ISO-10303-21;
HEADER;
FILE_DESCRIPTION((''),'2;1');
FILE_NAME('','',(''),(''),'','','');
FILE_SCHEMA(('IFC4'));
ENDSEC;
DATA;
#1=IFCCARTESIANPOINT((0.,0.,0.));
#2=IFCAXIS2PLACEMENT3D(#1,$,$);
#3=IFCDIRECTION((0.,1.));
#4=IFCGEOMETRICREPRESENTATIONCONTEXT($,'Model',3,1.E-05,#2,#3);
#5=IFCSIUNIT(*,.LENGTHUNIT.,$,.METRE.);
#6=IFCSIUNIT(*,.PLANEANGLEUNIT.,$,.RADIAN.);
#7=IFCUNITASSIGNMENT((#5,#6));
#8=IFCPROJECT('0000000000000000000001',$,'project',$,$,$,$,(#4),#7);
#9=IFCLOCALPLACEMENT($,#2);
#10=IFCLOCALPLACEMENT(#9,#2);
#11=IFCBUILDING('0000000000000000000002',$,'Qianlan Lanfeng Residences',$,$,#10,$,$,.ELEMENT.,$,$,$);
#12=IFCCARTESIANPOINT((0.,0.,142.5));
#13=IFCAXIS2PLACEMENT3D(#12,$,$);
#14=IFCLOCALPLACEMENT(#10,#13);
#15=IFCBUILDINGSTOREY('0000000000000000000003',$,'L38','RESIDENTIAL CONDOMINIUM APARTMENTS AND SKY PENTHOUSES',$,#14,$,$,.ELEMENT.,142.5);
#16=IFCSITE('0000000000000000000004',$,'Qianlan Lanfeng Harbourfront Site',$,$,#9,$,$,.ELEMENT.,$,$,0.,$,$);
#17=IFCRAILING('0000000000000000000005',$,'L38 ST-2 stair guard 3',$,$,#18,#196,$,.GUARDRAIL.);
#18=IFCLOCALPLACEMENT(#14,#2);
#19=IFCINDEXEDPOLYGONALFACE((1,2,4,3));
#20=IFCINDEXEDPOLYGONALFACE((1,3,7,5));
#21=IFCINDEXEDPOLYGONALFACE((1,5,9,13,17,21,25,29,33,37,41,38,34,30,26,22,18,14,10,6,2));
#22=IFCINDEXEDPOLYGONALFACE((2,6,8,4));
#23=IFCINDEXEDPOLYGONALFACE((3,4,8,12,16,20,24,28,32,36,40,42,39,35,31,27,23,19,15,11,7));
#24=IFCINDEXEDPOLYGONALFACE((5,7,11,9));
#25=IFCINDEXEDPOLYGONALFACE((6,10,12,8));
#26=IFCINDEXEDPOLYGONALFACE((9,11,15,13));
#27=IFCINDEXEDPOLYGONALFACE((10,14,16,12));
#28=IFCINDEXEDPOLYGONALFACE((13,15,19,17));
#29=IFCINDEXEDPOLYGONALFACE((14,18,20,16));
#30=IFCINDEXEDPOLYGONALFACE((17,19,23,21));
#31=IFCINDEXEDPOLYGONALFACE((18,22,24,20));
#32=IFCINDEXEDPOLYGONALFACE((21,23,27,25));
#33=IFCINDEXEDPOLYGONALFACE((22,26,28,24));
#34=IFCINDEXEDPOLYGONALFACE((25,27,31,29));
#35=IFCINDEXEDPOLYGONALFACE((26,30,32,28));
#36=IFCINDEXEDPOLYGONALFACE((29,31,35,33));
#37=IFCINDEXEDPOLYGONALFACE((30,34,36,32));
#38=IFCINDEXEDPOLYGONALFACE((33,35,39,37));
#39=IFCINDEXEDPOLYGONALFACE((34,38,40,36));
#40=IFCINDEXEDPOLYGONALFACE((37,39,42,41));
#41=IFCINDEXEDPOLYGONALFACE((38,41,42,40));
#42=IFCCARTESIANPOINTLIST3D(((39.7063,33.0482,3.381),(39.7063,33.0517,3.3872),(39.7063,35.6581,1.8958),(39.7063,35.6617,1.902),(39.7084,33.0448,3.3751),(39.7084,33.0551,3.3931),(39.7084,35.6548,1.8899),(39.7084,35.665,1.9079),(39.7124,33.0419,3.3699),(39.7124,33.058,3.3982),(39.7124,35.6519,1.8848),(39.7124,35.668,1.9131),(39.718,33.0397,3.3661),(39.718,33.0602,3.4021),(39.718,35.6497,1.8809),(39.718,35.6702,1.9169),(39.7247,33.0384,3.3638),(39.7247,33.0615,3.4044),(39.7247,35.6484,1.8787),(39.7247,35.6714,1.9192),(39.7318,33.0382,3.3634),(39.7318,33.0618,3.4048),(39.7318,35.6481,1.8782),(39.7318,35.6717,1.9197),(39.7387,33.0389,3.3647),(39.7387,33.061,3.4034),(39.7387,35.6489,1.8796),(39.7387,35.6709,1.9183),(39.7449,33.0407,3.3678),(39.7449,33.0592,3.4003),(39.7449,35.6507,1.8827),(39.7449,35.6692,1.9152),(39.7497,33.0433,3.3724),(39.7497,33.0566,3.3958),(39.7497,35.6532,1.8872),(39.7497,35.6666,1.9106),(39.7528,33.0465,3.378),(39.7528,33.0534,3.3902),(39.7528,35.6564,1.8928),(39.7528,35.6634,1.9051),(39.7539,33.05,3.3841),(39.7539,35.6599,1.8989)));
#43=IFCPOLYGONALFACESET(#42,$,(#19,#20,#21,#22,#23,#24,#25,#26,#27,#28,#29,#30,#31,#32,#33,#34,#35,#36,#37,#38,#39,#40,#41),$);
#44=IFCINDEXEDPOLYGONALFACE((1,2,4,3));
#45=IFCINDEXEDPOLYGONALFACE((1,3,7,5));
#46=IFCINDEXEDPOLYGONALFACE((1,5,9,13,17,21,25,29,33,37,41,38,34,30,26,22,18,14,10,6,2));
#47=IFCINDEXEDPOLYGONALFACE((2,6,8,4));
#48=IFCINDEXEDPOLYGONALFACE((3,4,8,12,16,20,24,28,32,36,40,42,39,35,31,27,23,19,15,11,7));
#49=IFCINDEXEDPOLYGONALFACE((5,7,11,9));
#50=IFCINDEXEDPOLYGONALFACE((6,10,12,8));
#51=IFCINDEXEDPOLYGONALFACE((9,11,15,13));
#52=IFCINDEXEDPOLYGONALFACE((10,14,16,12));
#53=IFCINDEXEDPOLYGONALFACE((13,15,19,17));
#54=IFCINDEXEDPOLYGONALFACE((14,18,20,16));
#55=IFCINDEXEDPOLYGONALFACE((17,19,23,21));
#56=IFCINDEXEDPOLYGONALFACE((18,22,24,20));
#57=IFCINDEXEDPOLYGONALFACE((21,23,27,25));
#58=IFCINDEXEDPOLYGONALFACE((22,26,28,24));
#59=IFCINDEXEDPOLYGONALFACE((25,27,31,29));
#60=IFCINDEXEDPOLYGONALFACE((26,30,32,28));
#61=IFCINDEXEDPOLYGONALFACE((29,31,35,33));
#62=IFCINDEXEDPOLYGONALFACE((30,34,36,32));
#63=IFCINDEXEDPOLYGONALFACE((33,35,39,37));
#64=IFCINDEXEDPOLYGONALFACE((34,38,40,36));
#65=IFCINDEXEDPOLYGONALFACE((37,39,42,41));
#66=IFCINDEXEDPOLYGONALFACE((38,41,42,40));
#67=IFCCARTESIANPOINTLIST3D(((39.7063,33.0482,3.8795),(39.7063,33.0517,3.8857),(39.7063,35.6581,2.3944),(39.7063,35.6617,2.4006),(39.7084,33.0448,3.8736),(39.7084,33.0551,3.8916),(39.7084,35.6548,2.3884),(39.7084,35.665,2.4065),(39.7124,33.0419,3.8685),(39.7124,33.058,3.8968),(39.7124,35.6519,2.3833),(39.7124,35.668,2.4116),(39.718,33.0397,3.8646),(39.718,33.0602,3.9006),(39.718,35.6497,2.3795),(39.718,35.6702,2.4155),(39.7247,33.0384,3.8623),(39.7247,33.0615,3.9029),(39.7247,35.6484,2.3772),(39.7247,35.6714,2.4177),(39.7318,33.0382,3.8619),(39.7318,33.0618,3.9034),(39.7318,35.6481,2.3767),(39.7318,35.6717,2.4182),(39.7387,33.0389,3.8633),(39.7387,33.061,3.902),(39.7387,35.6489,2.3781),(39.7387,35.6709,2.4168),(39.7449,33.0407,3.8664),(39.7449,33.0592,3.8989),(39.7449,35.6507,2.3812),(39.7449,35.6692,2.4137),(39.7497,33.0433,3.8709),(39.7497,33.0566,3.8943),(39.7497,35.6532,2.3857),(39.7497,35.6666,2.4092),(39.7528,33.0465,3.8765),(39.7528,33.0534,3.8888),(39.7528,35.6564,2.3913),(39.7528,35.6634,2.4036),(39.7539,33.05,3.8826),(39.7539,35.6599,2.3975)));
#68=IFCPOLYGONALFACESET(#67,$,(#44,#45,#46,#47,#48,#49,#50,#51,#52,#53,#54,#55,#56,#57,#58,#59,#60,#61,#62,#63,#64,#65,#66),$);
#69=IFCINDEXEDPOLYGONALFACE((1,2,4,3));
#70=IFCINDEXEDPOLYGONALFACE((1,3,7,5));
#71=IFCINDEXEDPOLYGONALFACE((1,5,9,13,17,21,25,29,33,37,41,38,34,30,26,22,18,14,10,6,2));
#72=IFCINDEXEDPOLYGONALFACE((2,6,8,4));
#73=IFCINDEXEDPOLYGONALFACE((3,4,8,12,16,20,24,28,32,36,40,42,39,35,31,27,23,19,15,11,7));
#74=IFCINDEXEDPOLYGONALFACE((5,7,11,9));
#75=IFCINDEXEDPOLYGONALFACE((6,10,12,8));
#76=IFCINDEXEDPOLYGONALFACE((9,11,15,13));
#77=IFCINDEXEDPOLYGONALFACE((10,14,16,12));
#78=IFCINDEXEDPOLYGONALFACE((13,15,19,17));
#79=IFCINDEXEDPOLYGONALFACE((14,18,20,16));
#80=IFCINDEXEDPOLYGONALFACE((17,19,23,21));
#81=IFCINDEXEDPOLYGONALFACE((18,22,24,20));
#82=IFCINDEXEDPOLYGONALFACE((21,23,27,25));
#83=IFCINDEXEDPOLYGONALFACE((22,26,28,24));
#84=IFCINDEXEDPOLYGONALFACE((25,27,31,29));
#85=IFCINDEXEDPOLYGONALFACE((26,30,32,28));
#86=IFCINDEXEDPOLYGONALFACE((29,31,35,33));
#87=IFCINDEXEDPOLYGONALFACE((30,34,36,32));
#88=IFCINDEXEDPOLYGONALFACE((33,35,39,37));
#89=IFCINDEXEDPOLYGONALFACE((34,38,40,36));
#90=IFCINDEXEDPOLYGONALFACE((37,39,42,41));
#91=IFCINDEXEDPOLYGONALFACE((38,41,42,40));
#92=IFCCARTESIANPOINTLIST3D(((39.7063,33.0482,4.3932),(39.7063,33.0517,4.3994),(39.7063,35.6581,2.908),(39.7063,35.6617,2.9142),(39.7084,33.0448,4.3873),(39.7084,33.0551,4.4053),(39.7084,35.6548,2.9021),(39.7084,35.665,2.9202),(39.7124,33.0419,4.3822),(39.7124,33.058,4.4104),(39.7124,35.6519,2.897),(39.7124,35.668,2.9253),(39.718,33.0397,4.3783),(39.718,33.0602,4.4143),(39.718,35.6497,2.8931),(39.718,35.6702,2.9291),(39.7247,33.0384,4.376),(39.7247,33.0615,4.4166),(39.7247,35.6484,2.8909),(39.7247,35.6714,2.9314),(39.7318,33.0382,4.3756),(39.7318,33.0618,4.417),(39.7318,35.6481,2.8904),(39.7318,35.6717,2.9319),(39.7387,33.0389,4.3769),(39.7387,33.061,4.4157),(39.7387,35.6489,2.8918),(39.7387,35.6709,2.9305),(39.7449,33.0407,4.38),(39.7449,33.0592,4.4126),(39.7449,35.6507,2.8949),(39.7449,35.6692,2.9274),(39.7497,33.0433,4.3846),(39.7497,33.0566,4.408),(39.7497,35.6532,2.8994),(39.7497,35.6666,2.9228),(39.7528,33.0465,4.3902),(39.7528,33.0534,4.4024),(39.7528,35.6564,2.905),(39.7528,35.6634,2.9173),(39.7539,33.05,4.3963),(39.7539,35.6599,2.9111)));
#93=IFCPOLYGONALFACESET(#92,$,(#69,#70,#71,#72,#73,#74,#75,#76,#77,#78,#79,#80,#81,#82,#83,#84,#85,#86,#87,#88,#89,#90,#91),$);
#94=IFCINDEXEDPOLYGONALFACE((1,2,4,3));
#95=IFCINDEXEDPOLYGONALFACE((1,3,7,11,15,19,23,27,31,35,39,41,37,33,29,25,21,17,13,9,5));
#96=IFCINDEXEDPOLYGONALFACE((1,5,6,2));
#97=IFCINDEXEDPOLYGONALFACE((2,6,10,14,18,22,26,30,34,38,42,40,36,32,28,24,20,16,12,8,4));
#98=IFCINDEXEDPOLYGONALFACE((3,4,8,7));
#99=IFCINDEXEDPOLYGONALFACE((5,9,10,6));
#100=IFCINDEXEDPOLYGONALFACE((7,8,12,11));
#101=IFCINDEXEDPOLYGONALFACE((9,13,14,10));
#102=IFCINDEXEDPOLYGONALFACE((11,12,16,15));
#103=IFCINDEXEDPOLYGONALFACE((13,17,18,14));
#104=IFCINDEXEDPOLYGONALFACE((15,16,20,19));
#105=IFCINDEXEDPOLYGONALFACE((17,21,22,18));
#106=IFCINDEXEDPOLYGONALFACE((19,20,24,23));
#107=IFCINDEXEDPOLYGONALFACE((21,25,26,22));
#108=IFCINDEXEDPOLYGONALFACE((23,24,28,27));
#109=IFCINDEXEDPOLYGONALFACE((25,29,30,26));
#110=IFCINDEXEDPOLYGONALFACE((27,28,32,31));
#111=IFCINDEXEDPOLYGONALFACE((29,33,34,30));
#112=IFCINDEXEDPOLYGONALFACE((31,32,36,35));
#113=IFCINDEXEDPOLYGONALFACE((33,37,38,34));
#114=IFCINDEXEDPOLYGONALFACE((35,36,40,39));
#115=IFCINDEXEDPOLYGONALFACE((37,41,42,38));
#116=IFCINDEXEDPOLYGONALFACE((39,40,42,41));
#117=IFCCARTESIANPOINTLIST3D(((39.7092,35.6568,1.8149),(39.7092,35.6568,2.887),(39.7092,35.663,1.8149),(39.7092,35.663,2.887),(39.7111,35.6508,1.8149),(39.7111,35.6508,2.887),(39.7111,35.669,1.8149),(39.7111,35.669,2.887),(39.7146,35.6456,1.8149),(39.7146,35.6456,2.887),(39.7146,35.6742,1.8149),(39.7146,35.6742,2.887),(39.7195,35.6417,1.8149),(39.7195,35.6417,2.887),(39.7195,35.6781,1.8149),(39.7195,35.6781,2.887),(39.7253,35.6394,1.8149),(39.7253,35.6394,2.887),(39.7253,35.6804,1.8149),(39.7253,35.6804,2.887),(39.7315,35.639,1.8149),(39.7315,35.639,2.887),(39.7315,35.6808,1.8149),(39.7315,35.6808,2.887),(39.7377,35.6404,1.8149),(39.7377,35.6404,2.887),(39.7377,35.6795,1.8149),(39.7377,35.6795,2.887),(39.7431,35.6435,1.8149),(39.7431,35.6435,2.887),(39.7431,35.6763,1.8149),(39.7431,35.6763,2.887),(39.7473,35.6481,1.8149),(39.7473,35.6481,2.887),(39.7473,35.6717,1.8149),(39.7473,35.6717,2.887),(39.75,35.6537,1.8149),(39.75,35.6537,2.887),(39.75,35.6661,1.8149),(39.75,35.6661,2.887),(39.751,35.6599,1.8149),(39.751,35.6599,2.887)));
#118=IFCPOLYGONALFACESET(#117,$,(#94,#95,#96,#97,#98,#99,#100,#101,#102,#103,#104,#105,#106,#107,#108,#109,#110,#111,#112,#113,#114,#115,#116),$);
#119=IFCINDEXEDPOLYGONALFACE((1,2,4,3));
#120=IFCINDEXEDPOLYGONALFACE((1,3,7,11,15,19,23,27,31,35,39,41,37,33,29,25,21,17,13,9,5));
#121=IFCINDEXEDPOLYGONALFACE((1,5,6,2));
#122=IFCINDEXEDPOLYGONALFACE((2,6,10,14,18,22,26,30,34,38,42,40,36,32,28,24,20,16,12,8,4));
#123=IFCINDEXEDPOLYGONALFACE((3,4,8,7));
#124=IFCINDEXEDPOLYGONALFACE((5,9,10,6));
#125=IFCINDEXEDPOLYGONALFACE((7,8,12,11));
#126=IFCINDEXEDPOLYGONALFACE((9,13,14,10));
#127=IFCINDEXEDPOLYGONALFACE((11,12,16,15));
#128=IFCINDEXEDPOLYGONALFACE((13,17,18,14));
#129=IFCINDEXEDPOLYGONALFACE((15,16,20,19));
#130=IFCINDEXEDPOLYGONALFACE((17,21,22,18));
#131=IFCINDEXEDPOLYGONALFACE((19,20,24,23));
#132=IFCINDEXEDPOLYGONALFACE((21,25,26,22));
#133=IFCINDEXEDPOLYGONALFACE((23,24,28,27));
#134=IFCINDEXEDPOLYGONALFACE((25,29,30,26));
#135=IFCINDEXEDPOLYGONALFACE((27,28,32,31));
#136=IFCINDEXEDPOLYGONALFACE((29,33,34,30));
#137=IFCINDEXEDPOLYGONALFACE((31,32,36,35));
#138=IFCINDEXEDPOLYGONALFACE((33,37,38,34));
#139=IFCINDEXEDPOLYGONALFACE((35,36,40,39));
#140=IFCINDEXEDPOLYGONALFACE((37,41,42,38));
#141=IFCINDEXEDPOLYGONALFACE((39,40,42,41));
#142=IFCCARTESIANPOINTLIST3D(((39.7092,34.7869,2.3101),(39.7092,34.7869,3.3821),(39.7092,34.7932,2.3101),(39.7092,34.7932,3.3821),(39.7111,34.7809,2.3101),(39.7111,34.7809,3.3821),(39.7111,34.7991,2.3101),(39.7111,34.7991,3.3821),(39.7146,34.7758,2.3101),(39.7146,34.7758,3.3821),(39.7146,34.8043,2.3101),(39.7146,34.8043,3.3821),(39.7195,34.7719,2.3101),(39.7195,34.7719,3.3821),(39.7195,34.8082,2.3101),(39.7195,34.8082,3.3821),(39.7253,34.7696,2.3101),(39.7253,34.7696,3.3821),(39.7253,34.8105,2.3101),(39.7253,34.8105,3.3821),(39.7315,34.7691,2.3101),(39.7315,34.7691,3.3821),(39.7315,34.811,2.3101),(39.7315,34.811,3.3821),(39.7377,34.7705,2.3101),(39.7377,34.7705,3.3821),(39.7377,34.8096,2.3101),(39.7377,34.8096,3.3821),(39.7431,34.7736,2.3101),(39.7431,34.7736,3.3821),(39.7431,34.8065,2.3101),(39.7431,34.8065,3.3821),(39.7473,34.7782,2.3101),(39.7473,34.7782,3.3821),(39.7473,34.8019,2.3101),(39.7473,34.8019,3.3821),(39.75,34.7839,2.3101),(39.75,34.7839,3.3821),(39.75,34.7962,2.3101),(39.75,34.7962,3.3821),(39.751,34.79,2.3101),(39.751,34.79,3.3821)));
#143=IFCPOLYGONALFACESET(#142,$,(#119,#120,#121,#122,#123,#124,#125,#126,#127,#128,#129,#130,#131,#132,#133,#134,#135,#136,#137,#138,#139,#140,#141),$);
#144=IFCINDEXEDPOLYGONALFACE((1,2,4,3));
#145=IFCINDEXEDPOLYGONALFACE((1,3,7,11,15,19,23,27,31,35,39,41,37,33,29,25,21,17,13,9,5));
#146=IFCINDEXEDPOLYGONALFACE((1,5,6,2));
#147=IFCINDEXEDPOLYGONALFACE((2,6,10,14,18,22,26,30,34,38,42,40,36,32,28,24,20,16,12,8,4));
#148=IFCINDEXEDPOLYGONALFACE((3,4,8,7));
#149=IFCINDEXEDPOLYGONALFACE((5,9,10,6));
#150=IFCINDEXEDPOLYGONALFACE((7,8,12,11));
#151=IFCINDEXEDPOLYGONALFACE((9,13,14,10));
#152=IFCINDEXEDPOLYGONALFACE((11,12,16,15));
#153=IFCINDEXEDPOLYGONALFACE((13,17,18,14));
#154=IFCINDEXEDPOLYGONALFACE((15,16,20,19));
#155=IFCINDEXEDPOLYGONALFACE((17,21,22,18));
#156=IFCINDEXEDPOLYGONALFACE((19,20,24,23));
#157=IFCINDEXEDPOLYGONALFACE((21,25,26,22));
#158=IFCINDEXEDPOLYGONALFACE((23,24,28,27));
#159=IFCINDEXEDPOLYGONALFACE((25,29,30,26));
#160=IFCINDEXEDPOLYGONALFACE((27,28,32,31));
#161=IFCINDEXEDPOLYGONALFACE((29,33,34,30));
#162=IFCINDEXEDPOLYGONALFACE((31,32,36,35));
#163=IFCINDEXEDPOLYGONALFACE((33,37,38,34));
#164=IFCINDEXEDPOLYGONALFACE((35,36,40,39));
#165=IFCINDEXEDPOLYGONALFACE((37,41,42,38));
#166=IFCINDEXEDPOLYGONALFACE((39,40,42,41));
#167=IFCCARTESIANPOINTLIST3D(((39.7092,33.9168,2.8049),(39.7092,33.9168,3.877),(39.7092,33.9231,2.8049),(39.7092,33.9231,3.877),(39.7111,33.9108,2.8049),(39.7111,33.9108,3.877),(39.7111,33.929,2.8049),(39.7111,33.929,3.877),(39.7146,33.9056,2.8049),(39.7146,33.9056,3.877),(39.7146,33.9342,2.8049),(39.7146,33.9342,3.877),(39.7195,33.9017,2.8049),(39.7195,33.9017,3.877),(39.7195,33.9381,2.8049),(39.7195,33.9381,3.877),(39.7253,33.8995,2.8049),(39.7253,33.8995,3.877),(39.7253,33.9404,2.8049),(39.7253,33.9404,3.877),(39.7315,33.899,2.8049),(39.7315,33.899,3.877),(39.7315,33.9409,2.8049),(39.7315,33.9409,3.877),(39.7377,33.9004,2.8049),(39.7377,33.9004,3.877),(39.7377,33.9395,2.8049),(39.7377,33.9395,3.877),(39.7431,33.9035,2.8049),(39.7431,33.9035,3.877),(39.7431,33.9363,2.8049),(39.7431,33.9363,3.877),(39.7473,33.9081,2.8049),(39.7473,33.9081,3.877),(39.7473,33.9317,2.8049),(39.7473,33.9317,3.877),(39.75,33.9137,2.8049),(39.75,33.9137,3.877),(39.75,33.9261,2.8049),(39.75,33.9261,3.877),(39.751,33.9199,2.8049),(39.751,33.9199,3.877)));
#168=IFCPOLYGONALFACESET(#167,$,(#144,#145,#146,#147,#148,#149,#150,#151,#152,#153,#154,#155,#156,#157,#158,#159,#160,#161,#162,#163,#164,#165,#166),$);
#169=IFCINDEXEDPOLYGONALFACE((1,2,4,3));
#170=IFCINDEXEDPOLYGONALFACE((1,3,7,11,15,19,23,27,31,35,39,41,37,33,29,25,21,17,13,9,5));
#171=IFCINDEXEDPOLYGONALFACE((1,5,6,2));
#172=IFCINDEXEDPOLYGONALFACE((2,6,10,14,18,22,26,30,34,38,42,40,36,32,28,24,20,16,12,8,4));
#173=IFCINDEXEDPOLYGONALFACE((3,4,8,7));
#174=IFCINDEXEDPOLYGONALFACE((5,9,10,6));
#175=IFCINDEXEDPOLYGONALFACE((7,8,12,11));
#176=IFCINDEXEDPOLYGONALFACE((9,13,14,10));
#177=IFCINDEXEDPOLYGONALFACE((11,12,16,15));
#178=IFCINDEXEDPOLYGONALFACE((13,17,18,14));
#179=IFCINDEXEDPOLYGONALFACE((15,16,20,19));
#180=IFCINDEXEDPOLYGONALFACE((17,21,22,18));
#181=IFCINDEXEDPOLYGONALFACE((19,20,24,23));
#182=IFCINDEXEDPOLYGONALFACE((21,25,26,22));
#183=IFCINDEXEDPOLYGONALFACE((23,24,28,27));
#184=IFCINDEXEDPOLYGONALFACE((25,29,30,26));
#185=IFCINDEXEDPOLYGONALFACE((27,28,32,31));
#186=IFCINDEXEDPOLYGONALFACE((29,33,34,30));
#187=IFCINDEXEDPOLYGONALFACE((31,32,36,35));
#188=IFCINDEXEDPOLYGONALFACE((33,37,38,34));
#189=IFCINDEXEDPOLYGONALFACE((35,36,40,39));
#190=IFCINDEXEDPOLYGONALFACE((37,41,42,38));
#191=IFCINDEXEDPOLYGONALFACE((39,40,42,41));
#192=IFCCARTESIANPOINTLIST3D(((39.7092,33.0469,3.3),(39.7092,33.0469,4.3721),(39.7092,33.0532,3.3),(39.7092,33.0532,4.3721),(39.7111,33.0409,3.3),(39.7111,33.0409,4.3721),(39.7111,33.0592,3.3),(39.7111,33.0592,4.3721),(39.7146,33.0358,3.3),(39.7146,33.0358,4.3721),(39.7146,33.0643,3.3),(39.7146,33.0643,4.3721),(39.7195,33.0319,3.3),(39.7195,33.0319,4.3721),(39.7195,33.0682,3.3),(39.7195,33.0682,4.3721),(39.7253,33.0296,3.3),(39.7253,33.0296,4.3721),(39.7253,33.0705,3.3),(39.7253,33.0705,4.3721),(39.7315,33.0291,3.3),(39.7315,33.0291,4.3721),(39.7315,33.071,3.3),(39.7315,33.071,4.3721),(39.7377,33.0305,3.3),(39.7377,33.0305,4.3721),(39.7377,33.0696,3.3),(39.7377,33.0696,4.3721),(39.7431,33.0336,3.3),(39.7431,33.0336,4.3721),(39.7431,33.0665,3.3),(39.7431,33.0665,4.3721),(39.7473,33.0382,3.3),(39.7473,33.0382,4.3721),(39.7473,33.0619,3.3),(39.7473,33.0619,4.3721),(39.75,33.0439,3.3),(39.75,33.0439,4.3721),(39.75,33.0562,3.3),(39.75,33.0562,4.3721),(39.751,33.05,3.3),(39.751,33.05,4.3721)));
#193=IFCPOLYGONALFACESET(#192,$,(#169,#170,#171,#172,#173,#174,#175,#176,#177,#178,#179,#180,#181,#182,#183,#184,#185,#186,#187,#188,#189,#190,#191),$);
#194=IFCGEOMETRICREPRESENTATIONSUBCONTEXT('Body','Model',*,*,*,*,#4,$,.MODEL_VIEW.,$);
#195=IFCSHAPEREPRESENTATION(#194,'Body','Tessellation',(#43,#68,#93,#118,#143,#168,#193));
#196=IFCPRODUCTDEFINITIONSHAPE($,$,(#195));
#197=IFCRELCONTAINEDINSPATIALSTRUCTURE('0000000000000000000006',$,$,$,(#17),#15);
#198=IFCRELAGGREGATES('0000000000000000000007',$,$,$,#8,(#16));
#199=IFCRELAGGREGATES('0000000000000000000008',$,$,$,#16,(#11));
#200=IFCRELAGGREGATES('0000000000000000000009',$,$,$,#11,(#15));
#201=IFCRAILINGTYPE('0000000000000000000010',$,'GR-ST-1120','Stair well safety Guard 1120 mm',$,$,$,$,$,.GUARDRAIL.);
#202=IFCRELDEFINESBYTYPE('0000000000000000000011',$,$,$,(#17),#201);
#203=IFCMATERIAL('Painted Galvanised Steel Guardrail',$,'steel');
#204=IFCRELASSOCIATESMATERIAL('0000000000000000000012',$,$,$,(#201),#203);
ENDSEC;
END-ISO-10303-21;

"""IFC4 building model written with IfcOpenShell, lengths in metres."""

from ifc_helpers import new_model, si_unit, direction, frame, origin, origin_2d, place, context, subcontext, project, spatial, circle, extrude, material, type_object, element, save


model = new_model("IFC4")

# Units and contexts
model_context = context("Model", 3, precision=1e-05, world=origin(), true_north=direction((0.0, 1.0)))
body_context = subcontext(model_context, "Body", "Model", "MODEL_VIEW")
ifc_project = project(units=[si_unit("LENGTHUNIT", "METRE"), si_unit("PLANEANGLEUNIT", "RADIAN")], contexts=[model_context])

# Site, building, storey
site_placement = place(None, origin())
site = spatial("IfcSite", under=ifc_project, at=site_placement, Name="Qianlan Lanfeng Harbourfront Site", CompositionType="ELEMENT", RefElevation=0.0)
building_placement = place(site_placement, origin())
building = spatial("IfcBuilding", under=site, at=building_placement, Name="Qianlan Lanfeng Residences", CompositionType="ELEMENT")
storey_placement = place(building_placement, frame((0.0, 0.0, 142.5)))
storey = spatial("IfcBuildingStorey", under=building, at=storey_placement, Name="L38", Description="RESIDENTIAL CONDOMINIUM APARTMENTS AND SKY PENTHOUSES", CompositionType="ELEMENT", Elevation=142.5)

# Railing
ifc_material_1 = material(Name="Painted Galvanised Steel Guardrail", Category="steel")
railing_type_1 = type_object("IfcRailingType", Name="GR-ST-1120", Description="Stair well safety Guard 1120 mm", PredefinedType="GUARDRAIL", material=ifc_material_1)
railing_1_placement = place(storey_placement, frame((39.73, 35.6599, 1.8149)))
element("IfcRailing", 1, at=railing_1_placement, inside=storey, type_object=railing_type_1, Name="L38 ST-2 stair guard 3", PredefinedType="GUARDRAIL", context=body_context, shape_type="SweptSolid", body=[
    extrude(circle(Radius=0.0239, at=origin_2d()), frame((0.0, 0.0, 0.084), z_axis=(0.0, -0.869137, 0.494571), x_axis=(1.0, 0.0, 0.0)), (0.0, 0.0, 1.0), 3.0029),
    extrude(circle(Radius=0.0239, at=origin_2d()), frame((0.0, 0.0, 0.5825), z_axis=(0.0, -0.869137, 0.494571), x_axis=(1.0, 0.0, 0.0)), (0.0, 0.0, 1.0), 3.0029),
    extrude(circle(Radius=0.0239, at=origin_2d()), frame((0.0, 0.0, 1.0962), z_axis=(0.0, -0.869137, 0.494571), x_axis=(1.0, 0.0, 0.0)), (0.0, 0.0, 1.0), 3.0029),
    extrude(circle(Radius=0.021, at=origin_2d()), origin(), (0.0, 0.0, 1.0), 1.072),
    extrude(circle(Radius=0.021, at=origin_2d()), frame((0.0, -0.8699, 0.4951)), (0.0, 0.0, 1.0), 1.072),
    extrude(circle(Radius=0.021, at=origin_2d()), frame((0.0, -1.74, 0.99)), (0.0, 0.0, 1.0), 1.072),
    extrude(circle(Radius=0.021, at=origin_2d()), frame((0.0, -2.6099, 1.4851)), (0.0, 0.0, 1.0), 1.072),
])

save(model, "model.ifc")
